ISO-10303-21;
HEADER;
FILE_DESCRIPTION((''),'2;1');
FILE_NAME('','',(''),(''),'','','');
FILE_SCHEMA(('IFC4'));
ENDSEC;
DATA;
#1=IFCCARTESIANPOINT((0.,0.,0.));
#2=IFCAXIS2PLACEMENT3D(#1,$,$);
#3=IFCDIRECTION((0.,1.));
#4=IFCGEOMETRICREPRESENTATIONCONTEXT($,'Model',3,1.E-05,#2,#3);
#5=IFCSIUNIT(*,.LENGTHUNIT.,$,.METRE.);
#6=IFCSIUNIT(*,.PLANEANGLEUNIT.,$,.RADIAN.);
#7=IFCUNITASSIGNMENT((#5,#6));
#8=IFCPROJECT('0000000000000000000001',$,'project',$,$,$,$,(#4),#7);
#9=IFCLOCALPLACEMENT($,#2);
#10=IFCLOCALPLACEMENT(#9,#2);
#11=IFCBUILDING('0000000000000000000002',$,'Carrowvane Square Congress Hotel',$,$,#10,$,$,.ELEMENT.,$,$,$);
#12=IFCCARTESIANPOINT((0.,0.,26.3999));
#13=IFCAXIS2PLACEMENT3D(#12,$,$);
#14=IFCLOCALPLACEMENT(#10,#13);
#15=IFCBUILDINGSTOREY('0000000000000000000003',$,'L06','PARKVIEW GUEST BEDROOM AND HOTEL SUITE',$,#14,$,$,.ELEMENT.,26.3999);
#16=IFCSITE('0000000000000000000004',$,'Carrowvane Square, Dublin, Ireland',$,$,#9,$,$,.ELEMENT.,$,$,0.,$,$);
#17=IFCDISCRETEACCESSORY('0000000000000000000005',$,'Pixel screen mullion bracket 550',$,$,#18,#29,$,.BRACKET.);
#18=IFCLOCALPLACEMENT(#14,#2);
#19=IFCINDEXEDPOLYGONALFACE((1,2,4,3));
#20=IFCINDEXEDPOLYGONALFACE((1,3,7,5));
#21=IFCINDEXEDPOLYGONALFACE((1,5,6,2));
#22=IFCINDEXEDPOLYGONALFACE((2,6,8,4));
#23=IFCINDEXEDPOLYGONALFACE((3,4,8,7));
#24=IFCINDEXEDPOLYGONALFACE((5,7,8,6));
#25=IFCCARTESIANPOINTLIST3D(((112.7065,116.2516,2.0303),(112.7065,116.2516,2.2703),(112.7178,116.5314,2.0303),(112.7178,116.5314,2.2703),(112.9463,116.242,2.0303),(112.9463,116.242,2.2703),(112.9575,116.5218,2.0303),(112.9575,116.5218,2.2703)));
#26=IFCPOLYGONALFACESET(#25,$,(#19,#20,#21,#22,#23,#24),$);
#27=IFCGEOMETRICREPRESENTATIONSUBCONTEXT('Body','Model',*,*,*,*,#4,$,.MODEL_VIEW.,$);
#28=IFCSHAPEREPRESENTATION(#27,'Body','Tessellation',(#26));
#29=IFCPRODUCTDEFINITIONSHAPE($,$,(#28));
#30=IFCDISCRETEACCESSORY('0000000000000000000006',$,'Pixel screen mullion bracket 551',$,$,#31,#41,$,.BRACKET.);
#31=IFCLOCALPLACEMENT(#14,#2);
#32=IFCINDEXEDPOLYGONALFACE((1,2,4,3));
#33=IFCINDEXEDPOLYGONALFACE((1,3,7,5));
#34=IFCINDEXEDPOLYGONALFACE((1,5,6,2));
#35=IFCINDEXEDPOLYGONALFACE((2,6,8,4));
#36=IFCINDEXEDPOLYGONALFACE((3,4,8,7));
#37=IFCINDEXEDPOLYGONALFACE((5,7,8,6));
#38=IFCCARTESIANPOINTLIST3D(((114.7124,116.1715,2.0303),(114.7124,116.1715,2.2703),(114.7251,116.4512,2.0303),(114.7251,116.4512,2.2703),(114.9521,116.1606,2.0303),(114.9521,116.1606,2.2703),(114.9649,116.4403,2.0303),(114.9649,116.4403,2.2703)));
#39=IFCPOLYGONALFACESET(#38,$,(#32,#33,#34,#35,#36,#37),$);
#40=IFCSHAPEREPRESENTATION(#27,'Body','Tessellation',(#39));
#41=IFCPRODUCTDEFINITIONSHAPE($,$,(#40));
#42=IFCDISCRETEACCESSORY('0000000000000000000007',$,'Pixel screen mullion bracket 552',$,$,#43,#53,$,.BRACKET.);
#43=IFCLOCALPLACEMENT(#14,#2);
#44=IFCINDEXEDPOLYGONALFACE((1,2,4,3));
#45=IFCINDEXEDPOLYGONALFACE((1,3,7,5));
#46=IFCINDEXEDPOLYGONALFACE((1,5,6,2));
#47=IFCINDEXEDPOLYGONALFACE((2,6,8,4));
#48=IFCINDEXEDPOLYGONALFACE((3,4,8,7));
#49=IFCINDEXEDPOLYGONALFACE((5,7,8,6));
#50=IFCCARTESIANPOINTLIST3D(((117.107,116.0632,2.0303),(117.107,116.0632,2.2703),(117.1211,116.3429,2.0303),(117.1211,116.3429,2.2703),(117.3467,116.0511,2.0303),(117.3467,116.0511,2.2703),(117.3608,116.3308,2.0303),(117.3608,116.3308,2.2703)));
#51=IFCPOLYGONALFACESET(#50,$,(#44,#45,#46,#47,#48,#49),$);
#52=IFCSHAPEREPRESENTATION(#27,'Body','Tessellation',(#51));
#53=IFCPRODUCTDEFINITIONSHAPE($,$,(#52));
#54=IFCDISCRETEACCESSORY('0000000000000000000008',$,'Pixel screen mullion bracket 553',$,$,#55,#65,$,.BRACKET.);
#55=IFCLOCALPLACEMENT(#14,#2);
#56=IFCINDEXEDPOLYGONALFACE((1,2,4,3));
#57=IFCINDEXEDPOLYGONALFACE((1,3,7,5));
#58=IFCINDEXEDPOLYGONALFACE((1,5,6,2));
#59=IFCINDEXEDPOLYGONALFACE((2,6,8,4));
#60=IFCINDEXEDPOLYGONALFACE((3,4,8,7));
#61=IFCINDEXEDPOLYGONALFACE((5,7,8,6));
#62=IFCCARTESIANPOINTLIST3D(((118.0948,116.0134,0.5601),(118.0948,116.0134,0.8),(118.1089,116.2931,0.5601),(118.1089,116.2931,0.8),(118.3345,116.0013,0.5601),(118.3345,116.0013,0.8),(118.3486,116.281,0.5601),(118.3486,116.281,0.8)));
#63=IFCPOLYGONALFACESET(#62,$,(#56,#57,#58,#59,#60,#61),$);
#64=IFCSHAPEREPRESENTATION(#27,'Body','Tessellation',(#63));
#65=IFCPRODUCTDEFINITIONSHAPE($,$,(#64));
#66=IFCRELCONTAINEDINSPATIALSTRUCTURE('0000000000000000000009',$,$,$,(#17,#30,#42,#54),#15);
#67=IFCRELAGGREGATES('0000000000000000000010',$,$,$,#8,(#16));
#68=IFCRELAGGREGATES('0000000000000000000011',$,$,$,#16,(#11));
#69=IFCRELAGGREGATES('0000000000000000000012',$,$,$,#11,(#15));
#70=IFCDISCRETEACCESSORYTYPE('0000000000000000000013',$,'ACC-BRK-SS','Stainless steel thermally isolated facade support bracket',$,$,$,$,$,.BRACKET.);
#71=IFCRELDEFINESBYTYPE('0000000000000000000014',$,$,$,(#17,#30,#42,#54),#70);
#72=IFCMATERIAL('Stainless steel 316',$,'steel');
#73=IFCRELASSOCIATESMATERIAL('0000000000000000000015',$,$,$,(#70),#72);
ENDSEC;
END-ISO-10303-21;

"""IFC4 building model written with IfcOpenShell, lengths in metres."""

from ifc_helpers import new_model, si_unit, direction, frame, origin, origin_2d, place, context, subcontext, project, spatial, rectangle, extrude, material, type_object, element, save


model = new_model("IFC4")

# Units and contexts
model_context = context("Model", 3, precision=1e-05, world=origin(), true_north=direction((0.0, 1.0)))
body_context = subcontext(model_context, "Body", "Model", "MODEL_VIEW")
ifc_project = project(units=[si_unit("LENGTHUNIT", "METRE"), si_unit("PLANEANGLEUNIT", "RADIAN")], contexts=[model_context])

# Site, building, storey
site_placement = place(None, origin())
site = spatial("IfcSite", under=ifc_project, at=site_placement, Name="Carrowvane Square, Dublin, Ireland", CompositionType="ELEMENT", RefElevation=0.0)
building_placement = place(site_placement, origin())
building = spatial("IfcBuilding", under=site, at=building_placement, Name="Carrowvane Square Congress Hotel", CompositionType="ELEMENT")
storey_placement = place(building_placement, frame((0.0, 0.0, 26.3999)))
storey = spatial("IfcBuildingStorey", under=building, at=storey_placement, Name="L06", Description="PARKVIEW GUEST BEDROOM AND HOTEL SUITE", CompositionType="ELEMENT", Elevation=26.3999)

# Discrete accessories
ifc_material_1 = material(Name="Stainless steel 316", Category="steel")
discrete_accessory_type = type_object("IfcDiscreteAccessoryType", Name="ACC-BRK-SS", Description="Stainless steel thermally isolated facade support bracket", PredefinedType="BRACKET", material=ifc_material_1)
for number, where, z_axis, x_axis, name in (
    (1, (112.832, 116.3867, 2.0303), (0.0, 0.0, 1.0), (0.999194, -0.040134, 0.0), "Pixel screen mullion bracket 550"),
    (2, (114.8386, 116.3059, 2.0303), (0.0, 0.0, 1.0), (0.998968, -0.045414, 0.0), "Pixel screen mullion bracket 551"),
    (3, (117.2339, 116.197, 2.0303), (0.0, 0.0, 1.0), (0.998733, -0.050322, 0.0), "Pixel screen mullion bracket 552"),
    (4, (118.2217, 116.1472, 0.5601), (0.0, 0.0, 1.0), (0.998733, -0.050322, 0.0), "Pixel screen mullion bracket 553"),
):
    element("IfcDiscreteAccessory", number, at=place(storey_placement, frame(where, z_axis=z_axis, x_axis=x_axis)), inside=storey, type_object=discrete_accessory_type, Name=name, PredefinedType="BRACKET", context=body_context, shape_type="SweptSolid", body=[
        extrude(rectangle(XDim=0.24, YDim=0.28, at=origin_2d()), origin(), (0.0, 0.0, 1.0), 0.24),
    ])

save(model, "model.ifc")
